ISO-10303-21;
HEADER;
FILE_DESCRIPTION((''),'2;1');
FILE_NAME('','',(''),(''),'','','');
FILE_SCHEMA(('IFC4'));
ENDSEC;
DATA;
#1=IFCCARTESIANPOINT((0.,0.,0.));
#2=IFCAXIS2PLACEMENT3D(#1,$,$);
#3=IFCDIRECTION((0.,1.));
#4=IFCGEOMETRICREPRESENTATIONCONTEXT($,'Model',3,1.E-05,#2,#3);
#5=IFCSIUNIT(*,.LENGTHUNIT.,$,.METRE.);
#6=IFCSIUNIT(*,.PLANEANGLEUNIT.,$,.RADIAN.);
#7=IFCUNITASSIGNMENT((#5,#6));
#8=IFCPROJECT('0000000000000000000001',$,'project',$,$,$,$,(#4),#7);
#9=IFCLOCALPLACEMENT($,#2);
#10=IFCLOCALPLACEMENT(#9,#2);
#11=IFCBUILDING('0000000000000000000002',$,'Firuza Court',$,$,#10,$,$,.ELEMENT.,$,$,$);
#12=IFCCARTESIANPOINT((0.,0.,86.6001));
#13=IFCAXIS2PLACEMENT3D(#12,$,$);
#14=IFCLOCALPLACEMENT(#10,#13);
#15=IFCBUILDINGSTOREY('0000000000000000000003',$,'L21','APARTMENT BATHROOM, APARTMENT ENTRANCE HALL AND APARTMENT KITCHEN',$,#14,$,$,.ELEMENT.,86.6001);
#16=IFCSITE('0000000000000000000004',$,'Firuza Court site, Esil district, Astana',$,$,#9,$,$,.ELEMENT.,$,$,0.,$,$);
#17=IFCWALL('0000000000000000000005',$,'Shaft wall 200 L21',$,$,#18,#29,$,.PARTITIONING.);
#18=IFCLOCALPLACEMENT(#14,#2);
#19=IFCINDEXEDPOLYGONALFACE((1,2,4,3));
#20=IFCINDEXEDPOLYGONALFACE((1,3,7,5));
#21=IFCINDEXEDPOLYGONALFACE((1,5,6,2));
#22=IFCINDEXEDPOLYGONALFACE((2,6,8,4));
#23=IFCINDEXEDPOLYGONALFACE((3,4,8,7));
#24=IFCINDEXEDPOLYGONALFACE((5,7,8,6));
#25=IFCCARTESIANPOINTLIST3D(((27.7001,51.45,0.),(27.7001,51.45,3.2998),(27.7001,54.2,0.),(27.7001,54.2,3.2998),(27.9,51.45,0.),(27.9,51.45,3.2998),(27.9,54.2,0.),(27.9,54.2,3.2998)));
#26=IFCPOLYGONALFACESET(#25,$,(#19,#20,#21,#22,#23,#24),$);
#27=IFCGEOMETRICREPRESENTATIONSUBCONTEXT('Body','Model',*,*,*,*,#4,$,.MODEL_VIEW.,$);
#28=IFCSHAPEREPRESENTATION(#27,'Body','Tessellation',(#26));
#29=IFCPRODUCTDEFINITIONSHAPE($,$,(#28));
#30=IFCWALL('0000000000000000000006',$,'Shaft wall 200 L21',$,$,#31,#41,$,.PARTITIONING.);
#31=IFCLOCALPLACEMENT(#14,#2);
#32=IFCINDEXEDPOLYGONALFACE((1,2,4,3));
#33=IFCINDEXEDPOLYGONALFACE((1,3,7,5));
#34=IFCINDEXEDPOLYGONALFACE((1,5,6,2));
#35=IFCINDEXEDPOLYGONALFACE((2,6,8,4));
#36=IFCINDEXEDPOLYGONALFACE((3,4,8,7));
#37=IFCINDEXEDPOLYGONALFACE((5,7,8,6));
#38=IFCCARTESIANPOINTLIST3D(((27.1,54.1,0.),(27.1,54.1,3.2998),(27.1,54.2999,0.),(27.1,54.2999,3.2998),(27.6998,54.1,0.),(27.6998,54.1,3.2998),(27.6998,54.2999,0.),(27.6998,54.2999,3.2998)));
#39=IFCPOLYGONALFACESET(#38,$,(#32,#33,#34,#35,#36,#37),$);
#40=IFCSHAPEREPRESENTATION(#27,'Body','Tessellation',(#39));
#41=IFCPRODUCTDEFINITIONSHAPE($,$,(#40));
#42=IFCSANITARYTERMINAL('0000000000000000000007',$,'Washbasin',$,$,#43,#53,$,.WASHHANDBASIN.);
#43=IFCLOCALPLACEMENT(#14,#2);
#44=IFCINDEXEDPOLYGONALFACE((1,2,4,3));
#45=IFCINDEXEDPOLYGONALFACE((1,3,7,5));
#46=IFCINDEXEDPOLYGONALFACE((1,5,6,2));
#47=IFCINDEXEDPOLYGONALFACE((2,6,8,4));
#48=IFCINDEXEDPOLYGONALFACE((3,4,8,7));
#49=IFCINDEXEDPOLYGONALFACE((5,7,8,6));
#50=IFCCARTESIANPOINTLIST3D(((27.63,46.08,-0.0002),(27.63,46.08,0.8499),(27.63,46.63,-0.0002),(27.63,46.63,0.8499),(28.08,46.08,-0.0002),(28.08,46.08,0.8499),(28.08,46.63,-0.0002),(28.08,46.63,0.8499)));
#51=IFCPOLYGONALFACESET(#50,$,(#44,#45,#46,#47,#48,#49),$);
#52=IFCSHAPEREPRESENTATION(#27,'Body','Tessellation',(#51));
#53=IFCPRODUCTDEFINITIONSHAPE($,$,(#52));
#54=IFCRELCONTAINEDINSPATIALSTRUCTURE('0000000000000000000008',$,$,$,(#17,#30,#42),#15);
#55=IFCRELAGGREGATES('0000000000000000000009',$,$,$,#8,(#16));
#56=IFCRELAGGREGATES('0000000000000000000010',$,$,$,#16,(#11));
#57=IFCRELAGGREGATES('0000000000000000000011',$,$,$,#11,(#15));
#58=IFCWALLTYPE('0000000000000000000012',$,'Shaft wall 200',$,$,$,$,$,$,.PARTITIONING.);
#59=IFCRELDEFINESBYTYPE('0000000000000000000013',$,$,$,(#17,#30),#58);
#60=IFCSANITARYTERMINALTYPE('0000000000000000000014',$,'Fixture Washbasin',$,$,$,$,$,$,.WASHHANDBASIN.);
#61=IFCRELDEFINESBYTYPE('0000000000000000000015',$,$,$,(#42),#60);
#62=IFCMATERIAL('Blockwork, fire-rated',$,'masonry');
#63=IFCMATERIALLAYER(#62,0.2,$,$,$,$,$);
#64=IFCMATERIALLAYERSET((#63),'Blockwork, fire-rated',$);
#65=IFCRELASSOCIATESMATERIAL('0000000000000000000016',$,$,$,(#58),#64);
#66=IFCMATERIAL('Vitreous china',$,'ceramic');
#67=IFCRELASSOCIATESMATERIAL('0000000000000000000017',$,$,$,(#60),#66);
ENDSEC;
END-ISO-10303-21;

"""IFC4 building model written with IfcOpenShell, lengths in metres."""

from ifc_helpers import new_model, si_unit, direction, frame, frame_2d, origin, origin_2d, place, context, subcontext, project, spatial, rectangle, extrude, material, layer, layer_set, type_object, element, save


model = new_model("IFC4")

# Units and contexts
model_context = context("Model", 3, precision=1e-05, world=origin(), true_north=direction((0.0, 1.0)))
body_context = subcontext(model_context, "Body", "Model", "MODEL_VIEW")
ifc_project = project(units=[si_unit("LENGTHUNIT", "METRE"), si_unit("PLANEANGLEUNIT", "RADIAN")], contexts=[model_context])

# Site, building, storey
site_placement = place(None, origin())
site = spatial("IfcSite", under=ifc_project, at=site_placement, Name="Firuza Court site, Esil district, Astana", CompositionType="ELEMENT", RefElevation=0.0)
building_placement = place(site_placement, origin())
building = spatial("IfcBuilding", under=site, at=building_placement, Name="Firuza Court", CompositionType="ELEMENT")
storey_placement = place(building_placement, frame((0.0, 0.0, 86.6001)))
storey = spatial("IfcBuildingStorey", under=building, at=storey_placement, Name="L21", Description="APARTMENT BATHROOM, APARTMENT ENTRANCE HALL AND APARTMENT KITCHEN", CompositionType="ELEMENT", Elevation=86.6001)

# Shared definitions
ifc_material_1 = material(Name="Blockwork, fire-rated", Category="masonry")

# Shared definitions
ifc_layer_1 = layer(ifc_material_1, 0.2)
ifc_layer_set_1 = layer_set([ifc_layer_1], Name="Blockwork, fire-rated")
wall_type_1 = type_object("IfcWallType", Name="Shaft wall 200", PredefinedType="PARTITIONING", material=ifc_layer_set_1)

# Walls
wall_1_placement = place(storey_placement, frame((27.8, 51.45, 0.0), z_axis=(0.0, 0.0, 1.0), x_axis=(0.0, 1.0, 0.0)))
element("IfcWall", 1, at=wall_1_placement, inside=storey, type_object=wall_type_1, Name="Shaft wall 200 L21", PredefinedType="PARTITIONING", context=body_context, shape_type="SweptSolid", body=[
    extrude(rectangle(XDim=2.75, YDim=0.2, at=frame_2d((1.375, 0.0))), origin(), (0.0, 0.0, 1.0), 3.2998),
])
wall_2_placement = place(storey_placement, frame((27.1001, 54.2, 0.0), z_axis=(0.0, 0.0, 1.0), x_axis=(1.0, 0.0, 0.0)))
element("IfcWall", 2, at=wall_2_placement, inside=storey, type_object=wall_type_1, Name="Shaft wall 200 L21", PredefinedType="PARTITIONING", context=body_context, shape_type="SweptSolid", body=[
    extrude(rectangle(XDim=0.5999, YDim=0.2, at=frame_2d((0.2998, 0.0))), origin(), (0.0, 0.0, 1.0), 3.2998),
])

# Sanitary terminal
ifc_material_2 = material(Name="Vitreous china", Category="ceramic")
sanitary_terminal_type = type_object("IfcSanitaryTerminalType", Name="Fixture Washbasin", PredefinedType="WASHHANDBASIN", material=ifc_material_2)
sanitary_terminal_placement = place(storey_placement, frame((27.855, 46.355, -0.0002), z_axis=(0.0, 0.0, 1.0), x_axis=(1.0, 0.0, 0.0)))
element("IfcSanitaryTerminal", 3, at=sanitary_terminal_placement, inside=storey, type_object=sanitary_terminal_type, Name="Washbasin", PredefinedType="WASHHANDBASIN", context=body_context, shape_type="SweptSolid", body=[
    extrude(rectangle(XDim=0.45, YDim=0.55, at=origin_2d()), origin(), (0.0, 0.0, 1.0), 0.8501),
])

save(model, "model.ifc")
